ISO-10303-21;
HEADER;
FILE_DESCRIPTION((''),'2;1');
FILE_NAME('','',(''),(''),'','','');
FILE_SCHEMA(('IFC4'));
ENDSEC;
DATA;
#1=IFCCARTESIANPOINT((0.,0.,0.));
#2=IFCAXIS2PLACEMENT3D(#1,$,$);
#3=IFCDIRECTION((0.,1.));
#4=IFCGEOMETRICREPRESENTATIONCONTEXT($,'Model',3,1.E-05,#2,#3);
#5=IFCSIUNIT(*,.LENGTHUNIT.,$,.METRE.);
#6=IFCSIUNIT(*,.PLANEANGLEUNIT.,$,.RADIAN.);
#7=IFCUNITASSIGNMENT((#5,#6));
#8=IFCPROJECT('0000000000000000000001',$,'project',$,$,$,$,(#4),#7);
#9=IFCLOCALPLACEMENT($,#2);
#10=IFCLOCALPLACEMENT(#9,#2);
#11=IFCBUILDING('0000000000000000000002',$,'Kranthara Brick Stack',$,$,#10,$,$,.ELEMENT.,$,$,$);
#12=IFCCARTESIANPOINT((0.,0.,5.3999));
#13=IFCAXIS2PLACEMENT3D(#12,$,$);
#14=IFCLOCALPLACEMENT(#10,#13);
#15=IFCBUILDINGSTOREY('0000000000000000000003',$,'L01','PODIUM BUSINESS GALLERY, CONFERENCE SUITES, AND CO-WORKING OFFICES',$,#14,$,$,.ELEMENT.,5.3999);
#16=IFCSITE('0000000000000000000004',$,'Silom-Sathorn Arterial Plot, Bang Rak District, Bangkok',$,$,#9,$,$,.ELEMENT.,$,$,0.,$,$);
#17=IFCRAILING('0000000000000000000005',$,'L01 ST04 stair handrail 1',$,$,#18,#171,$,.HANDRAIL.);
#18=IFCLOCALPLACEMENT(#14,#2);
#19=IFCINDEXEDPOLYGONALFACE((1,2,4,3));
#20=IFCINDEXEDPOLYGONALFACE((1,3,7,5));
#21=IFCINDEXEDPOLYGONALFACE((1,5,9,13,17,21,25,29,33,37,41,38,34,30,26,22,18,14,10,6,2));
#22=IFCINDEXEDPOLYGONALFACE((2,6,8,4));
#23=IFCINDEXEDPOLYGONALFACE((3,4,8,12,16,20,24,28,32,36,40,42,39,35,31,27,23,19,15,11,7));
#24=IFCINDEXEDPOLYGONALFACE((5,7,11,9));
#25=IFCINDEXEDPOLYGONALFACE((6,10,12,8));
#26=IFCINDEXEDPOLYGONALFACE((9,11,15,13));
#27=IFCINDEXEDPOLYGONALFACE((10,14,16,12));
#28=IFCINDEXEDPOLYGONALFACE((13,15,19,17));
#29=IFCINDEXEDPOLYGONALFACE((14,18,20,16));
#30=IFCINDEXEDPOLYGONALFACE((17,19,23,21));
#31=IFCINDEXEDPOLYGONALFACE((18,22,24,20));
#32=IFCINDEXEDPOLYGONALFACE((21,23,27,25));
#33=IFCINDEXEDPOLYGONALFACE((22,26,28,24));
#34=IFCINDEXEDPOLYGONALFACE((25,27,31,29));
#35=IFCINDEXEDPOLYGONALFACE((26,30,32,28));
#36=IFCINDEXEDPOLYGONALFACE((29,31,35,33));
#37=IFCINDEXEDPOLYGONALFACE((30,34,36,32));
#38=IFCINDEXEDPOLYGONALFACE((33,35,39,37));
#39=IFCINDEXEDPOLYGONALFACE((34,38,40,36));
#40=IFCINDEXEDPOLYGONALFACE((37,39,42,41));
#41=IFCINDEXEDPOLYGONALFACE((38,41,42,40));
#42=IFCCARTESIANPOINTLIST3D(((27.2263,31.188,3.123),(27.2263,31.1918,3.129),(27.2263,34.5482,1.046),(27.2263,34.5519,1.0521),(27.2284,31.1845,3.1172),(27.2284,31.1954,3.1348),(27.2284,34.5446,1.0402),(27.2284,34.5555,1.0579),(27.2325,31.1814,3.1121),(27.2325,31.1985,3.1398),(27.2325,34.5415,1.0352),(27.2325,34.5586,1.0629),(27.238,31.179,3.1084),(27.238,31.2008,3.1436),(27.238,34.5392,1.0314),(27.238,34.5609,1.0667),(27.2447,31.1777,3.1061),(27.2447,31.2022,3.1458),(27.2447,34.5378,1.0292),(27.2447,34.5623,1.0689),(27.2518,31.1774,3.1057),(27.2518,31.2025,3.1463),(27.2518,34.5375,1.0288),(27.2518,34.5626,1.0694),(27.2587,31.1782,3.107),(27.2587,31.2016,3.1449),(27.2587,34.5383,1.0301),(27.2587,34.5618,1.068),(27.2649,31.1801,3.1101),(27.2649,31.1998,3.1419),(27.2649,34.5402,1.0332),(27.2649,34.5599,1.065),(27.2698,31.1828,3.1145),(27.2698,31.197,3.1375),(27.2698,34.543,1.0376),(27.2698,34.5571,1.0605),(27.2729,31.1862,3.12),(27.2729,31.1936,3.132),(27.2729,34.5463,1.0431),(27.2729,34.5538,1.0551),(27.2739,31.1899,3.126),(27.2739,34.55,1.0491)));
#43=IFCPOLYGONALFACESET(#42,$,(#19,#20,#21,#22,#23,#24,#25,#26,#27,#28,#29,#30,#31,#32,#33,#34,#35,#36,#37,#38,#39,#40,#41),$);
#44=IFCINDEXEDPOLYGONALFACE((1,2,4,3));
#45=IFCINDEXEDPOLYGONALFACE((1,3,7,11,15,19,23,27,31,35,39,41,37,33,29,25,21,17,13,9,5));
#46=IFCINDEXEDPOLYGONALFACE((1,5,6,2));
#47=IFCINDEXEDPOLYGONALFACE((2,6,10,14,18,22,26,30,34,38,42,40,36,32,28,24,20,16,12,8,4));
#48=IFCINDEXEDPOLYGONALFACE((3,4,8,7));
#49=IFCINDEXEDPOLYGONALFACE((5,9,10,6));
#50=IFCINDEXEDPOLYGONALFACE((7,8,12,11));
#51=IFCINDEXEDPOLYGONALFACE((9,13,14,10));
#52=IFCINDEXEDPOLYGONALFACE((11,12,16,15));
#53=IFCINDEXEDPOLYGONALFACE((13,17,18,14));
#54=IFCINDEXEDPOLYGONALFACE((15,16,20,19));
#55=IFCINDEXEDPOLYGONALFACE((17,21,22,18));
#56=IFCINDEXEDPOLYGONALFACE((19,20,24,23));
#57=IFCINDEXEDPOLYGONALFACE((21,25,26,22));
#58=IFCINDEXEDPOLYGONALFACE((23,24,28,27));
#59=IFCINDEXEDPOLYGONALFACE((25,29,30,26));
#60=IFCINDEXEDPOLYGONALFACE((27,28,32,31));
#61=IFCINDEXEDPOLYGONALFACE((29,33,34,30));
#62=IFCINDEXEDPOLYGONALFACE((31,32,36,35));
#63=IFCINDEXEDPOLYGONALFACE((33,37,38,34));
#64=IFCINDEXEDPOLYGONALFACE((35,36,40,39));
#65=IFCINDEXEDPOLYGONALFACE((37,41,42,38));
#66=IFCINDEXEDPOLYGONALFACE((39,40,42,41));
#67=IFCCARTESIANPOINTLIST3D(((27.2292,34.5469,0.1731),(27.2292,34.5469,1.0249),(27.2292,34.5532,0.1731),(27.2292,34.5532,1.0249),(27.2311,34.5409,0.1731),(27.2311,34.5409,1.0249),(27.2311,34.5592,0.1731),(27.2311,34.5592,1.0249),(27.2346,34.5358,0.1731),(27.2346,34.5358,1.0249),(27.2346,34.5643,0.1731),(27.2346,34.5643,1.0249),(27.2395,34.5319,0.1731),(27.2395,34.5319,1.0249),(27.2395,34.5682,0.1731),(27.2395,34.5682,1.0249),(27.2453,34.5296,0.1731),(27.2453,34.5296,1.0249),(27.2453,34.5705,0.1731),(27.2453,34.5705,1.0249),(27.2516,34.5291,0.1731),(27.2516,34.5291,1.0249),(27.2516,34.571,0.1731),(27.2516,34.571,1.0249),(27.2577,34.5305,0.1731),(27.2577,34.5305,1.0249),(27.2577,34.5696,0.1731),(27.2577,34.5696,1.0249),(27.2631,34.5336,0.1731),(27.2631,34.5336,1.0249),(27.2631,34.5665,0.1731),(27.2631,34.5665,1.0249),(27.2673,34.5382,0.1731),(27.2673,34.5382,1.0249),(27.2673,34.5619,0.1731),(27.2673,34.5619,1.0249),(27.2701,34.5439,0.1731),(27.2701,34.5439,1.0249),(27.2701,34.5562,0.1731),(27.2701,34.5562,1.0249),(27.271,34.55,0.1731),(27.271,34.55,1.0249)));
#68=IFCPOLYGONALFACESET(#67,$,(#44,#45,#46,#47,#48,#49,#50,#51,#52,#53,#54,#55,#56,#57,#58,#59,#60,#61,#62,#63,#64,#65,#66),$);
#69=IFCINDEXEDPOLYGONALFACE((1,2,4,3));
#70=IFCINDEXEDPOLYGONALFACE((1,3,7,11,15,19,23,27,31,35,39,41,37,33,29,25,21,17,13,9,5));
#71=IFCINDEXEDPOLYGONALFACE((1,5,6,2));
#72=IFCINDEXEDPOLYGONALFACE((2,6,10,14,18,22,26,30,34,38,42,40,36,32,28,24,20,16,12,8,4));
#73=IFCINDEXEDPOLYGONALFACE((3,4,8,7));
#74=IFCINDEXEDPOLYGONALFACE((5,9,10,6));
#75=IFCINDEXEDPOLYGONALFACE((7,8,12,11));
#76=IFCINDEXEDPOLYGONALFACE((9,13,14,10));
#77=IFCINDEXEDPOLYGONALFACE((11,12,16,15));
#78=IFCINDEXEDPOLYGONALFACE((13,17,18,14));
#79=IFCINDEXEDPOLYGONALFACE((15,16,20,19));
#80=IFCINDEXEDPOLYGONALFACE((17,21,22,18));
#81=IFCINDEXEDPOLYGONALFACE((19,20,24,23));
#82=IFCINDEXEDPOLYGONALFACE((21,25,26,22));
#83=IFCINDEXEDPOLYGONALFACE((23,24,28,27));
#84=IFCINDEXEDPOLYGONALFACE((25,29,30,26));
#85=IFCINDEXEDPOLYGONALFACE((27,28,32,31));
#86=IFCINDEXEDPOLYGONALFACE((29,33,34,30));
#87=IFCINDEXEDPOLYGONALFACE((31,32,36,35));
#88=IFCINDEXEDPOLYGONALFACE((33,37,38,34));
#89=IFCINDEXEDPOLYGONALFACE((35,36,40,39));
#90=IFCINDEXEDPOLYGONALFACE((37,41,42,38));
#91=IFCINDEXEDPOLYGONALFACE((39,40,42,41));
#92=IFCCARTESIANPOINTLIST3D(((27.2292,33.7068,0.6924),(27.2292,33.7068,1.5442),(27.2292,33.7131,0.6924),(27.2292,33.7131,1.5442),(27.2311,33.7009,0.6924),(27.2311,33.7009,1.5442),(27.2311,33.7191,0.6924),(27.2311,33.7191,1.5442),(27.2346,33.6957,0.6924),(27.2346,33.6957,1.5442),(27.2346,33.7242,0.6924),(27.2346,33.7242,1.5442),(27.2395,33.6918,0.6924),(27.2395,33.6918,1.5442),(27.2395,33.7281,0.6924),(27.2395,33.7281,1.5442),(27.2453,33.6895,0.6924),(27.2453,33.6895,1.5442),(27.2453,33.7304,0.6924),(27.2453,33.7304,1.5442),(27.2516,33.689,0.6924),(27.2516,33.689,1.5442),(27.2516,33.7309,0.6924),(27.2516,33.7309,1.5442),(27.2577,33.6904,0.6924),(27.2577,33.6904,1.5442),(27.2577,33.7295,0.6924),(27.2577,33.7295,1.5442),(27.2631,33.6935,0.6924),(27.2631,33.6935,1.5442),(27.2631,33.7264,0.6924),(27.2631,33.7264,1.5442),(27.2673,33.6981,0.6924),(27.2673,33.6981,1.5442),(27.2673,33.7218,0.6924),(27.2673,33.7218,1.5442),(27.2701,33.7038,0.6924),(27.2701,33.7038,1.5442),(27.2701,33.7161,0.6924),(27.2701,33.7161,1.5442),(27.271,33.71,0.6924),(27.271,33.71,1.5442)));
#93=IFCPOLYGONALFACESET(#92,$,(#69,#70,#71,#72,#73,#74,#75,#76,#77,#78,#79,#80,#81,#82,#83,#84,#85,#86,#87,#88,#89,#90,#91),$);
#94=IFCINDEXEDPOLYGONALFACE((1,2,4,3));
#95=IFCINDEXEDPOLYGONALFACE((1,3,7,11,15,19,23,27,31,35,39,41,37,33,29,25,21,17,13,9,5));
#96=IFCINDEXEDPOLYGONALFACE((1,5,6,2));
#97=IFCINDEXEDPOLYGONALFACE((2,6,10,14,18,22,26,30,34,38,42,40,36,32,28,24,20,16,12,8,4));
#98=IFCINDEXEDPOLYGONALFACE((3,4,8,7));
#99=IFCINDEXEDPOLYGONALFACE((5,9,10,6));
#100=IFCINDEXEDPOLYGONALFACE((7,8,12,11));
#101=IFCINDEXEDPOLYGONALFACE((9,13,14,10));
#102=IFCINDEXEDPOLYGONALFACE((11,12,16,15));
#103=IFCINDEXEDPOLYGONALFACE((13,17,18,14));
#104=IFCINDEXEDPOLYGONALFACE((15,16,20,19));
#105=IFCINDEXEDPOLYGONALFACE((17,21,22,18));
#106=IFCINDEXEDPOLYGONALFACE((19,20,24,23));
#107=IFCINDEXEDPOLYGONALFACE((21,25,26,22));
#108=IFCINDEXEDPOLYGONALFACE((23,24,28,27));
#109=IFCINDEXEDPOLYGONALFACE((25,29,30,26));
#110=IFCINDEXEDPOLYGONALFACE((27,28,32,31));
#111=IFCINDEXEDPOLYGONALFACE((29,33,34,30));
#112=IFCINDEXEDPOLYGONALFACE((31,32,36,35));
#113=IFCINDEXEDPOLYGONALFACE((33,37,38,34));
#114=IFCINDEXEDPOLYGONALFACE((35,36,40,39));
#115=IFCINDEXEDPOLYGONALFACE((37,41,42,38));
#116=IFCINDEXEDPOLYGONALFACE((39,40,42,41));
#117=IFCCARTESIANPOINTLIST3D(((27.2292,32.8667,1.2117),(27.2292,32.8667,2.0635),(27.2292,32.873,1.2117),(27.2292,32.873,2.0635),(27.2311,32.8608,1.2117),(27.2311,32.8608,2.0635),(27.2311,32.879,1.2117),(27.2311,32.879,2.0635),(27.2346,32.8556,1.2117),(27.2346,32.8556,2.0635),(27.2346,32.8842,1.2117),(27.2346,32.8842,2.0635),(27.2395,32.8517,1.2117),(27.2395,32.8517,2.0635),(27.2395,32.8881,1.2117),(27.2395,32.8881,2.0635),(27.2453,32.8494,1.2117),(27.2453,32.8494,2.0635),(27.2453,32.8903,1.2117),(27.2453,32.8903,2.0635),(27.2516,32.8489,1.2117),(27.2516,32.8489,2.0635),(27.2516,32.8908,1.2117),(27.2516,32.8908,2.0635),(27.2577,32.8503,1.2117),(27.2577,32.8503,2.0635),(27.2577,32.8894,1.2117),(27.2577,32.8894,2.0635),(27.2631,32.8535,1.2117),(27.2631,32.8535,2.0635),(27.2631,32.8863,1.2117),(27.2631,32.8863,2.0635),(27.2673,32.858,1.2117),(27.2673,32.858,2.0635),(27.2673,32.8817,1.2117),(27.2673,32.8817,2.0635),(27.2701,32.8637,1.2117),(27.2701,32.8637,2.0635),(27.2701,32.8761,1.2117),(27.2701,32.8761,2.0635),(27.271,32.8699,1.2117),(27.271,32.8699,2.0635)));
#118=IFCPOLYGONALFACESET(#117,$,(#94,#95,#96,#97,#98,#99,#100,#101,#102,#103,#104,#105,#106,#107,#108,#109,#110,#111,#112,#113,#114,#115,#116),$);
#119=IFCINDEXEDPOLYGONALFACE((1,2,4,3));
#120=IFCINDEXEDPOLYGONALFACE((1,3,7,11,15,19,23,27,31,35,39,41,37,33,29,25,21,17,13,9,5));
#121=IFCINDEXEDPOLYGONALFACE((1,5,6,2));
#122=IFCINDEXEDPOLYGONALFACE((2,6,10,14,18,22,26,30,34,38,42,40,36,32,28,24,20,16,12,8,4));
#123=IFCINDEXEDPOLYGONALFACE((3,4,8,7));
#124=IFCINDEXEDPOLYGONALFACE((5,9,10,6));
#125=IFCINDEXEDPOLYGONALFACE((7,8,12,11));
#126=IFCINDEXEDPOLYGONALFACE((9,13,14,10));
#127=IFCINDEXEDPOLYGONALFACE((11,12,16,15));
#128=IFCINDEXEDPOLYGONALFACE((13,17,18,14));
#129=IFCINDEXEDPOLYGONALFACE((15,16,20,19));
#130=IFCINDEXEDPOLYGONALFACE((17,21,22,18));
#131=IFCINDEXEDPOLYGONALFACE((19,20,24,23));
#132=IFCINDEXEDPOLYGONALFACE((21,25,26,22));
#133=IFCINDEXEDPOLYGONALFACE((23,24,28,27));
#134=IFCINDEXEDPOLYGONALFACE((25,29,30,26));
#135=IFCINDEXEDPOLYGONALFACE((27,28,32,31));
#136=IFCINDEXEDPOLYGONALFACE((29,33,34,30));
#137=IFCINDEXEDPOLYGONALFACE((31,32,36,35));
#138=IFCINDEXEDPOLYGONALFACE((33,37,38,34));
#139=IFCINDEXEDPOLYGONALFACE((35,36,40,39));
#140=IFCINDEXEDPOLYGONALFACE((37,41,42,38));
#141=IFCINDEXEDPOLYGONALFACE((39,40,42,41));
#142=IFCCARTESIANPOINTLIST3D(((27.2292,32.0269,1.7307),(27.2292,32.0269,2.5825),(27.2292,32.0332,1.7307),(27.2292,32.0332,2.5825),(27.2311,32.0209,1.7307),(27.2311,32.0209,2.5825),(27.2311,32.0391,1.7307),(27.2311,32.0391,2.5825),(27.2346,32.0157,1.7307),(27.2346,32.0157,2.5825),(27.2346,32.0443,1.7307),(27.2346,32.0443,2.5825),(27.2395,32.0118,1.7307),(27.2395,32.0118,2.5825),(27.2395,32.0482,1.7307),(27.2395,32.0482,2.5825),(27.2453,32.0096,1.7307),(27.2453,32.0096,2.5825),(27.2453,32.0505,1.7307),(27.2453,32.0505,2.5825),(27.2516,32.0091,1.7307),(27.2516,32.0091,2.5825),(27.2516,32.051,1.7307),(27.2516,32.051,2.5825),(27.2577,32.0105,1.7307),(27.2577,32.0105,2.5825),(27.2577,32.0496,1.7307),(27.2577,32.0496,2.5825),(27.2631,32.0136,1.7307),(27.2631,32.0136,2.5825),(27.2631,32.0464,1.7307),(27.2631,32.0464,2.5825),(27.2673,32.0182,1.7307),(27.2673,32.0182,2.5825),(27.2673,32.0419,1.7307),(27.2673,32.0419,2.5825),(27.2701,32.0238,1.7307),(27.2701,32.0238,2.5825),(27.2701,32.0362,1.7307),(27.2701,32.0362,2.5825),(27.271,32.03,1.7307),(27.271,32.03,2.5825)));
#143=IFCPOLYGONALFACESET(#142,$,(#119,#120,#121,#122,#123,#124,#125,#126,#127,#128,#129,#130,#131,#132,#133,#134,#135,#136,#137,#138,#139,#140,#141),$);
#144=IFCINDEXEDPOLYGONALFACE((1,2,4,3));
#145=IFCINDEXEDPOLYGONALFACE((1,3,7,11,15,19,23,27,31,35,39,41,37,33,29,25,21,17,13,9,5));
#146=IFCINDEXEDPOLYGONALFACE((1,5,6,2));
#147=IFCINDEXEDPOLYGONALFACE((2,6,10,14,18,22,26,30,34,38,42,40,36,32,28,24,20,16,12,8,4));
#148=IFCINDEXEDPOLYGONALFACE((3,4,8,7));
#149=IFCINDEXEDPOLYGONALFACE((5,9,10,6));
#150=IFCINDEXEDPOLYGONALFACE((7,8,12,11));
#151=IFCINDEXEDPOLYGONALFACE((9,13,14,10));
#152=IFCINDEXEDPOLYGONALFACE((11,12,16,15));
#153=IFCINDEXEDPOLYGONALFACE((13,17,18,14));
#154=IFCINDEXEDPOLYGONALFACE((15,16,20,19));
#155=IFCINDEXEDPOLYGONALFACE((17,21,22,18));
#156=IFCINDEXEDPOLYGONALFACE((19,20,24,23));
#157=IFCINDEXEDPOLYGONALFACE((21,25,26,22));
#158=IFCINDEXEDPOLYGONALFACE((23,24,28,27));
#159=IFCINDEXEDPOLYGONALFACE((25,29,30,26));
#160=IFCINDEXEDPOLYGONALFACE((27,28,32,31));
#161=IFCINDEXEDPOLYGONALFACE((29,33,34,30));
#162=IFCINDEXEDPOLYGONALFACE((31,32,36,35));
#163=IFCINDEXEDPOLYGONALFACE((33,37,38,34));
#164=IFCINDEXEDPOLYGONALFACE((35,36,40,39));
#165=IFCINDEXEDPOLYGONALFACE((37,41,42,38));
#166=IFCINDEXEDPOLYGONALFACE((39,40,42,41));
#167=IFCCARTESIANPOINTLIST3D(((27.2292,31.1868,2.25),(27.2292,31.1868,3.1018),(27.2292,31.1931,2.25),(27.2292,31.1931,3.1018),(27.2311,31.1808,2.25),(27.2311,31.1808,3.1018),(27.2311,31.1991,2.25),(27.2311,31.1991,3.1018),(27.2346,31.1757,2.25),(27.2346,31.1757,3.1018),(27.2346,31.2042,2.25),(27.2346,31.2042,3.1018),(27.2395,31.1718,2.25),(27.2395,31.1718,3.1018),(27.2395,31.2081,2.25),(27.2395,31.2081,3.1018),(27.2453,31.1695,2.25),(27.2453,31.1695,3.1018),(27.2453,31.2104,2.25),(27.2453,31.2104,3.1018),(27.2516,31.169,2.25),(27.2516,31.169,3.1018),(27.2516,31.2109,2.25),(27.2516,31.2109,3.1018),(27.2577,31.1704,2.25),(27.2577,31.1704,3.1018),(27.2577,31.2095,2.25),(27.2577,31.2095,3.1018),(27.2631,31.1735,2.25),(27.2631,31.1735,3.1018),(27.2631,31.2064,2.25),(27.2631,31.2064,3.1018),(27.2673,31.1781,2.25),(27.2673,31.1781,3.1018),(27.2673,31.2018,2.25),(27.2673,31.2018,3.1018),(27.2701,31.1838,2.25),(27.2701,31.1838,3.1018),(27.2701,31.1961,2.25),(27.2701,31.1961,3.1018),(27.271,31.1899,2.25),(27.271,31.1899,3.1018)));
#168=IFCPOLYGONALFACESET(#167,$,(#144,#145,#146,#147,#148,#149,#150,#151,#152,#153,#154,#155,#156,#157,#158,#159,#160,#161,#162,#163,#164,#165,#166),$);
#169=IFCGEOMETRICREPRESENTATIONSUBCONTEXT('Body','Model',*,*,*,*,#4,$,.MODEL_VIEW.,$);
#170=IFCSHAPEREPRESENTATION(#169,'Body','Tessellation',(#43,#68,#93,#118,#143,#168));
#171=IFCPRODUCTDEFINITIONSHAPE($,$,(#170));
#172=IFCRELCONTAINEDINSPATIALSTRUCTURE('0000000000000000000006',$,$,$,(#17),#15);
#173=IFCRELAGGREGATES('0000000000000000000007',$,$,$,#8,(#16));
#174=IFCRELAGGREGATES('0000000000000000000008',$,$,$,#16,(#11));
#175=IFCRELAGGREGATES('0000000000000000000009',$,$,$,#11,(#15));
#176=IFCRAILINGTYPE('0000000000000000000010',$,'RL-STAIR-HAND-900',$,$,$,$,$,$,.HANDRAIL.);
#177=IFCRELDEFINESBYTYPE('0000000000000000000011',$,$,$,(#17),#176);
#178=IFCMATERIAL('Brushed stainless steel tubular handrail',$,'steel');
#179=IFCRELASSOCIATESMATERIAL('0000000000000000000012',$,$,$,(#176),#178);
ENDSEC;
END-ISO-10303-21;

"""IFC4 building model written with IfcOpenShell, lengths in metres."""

from ifc_helpers import new_model, si_unit, direction, frame, origin, origin_2d, place, context, subcontext, project, spatial, circle, extrude, material, type_object, element, save


model = new_model("IFC4")

# Units and contexts
model_context = context("Model", 3, precision=1e-05, world=origin(), true_north=direction((0.0, 1.0)))
body_context = subcontext(model_context, "Body", "Model", "MODEL_VIEW")
ifc_project = project(units=[si_unit("LENGTHUNIT", "METRE"), si_unit("PLANEANGLEUNIT", "RADIAN")], contexts=[model_context])

# Site, building, storey
site_placement = place(None, origin())
site = spatial("IfcSite", under=ifc_project, at=site_placement, Name="Silom-Sathorn Arterial Plot, Bang Rak District, Bangkok", CompositionType="ELEMENT", RefElevation=0.0)
building_placement = place(site_placement, origin())
building = spatial("IfcBuilding", under=site, at=building_placement, Name="Kranthara Brick Stack", CompositionType="ELEMENT")
storey_placement = place(building_placement, frame((0.0, 0.0, 5.3999)))
storey = spatial("IfcBuildingStorey", under=building, at=storey_placement, Name="L01", Description="PODIUM BUSINESS GALLERY, CONFERENCE SUITES, AND CO-WORKING OFFICES", CompositionType="ELEMENT", Elevation=5.3999)

# Railing
ifc_material_1 = material(Name="Brushed stainless steel tubular handrail", Category="steel")
railing_type_1 = type_object("IfcRailingType", Name="RL-STAIR-HAND-900", PredefinedType="HANDRAIL", material=ifc_material_1)
railing_1_placement = place(storey_placement, frame((27.25, 34.55, 0.1731)))
element("IfcRailing", 1, at=railing_1_placement, inside=storey, type_object=railing_type_1, Name="L01 ST04 stair handrail 1", PredefinedType="HANDRAIL", context=body_context, shape_type="SweptSolid", body=[
    extrude(circle(Radius=0.0239, at=origin_2d()), frame((0.0, 0.0, 0.876), z_axis=(0.0, -0.850623, 0.525776), x_axis=(1.0, 0.0, 0.0)), (0.0, 0.0, 1.0), 3.9502),
    extrude(circle(Radius=0.021, at=origin_2d()), origin(), (0.0, 0.0, 1.0), 0.8518),
    extrude(circle(Radius=0.021, at=origin_2d()), frame((0.0, -0.8401, 0.5193)), (0.0, 0.0, 1.0), 0.8518),
    extrude(circle(Radius=0.021, at=origin_2d()), frame((0.0, -1.6802, 1.0386)), (0.0, 0.0, 1.0), 0.8518),
    extrude(circle(Radius=0.021, at=origin_2d()), frame((0.0, -2.52, 1.5576)), (0.0, 0.0, 1.0), 0.8518),
    extrude(circle(Radius=0.021, at=origin_2d()), frame((0.0, -3.3601, 2.0769)), (0.0, 0.0, 1.0), 0.8518),
])

save(model, "model.ifc")
